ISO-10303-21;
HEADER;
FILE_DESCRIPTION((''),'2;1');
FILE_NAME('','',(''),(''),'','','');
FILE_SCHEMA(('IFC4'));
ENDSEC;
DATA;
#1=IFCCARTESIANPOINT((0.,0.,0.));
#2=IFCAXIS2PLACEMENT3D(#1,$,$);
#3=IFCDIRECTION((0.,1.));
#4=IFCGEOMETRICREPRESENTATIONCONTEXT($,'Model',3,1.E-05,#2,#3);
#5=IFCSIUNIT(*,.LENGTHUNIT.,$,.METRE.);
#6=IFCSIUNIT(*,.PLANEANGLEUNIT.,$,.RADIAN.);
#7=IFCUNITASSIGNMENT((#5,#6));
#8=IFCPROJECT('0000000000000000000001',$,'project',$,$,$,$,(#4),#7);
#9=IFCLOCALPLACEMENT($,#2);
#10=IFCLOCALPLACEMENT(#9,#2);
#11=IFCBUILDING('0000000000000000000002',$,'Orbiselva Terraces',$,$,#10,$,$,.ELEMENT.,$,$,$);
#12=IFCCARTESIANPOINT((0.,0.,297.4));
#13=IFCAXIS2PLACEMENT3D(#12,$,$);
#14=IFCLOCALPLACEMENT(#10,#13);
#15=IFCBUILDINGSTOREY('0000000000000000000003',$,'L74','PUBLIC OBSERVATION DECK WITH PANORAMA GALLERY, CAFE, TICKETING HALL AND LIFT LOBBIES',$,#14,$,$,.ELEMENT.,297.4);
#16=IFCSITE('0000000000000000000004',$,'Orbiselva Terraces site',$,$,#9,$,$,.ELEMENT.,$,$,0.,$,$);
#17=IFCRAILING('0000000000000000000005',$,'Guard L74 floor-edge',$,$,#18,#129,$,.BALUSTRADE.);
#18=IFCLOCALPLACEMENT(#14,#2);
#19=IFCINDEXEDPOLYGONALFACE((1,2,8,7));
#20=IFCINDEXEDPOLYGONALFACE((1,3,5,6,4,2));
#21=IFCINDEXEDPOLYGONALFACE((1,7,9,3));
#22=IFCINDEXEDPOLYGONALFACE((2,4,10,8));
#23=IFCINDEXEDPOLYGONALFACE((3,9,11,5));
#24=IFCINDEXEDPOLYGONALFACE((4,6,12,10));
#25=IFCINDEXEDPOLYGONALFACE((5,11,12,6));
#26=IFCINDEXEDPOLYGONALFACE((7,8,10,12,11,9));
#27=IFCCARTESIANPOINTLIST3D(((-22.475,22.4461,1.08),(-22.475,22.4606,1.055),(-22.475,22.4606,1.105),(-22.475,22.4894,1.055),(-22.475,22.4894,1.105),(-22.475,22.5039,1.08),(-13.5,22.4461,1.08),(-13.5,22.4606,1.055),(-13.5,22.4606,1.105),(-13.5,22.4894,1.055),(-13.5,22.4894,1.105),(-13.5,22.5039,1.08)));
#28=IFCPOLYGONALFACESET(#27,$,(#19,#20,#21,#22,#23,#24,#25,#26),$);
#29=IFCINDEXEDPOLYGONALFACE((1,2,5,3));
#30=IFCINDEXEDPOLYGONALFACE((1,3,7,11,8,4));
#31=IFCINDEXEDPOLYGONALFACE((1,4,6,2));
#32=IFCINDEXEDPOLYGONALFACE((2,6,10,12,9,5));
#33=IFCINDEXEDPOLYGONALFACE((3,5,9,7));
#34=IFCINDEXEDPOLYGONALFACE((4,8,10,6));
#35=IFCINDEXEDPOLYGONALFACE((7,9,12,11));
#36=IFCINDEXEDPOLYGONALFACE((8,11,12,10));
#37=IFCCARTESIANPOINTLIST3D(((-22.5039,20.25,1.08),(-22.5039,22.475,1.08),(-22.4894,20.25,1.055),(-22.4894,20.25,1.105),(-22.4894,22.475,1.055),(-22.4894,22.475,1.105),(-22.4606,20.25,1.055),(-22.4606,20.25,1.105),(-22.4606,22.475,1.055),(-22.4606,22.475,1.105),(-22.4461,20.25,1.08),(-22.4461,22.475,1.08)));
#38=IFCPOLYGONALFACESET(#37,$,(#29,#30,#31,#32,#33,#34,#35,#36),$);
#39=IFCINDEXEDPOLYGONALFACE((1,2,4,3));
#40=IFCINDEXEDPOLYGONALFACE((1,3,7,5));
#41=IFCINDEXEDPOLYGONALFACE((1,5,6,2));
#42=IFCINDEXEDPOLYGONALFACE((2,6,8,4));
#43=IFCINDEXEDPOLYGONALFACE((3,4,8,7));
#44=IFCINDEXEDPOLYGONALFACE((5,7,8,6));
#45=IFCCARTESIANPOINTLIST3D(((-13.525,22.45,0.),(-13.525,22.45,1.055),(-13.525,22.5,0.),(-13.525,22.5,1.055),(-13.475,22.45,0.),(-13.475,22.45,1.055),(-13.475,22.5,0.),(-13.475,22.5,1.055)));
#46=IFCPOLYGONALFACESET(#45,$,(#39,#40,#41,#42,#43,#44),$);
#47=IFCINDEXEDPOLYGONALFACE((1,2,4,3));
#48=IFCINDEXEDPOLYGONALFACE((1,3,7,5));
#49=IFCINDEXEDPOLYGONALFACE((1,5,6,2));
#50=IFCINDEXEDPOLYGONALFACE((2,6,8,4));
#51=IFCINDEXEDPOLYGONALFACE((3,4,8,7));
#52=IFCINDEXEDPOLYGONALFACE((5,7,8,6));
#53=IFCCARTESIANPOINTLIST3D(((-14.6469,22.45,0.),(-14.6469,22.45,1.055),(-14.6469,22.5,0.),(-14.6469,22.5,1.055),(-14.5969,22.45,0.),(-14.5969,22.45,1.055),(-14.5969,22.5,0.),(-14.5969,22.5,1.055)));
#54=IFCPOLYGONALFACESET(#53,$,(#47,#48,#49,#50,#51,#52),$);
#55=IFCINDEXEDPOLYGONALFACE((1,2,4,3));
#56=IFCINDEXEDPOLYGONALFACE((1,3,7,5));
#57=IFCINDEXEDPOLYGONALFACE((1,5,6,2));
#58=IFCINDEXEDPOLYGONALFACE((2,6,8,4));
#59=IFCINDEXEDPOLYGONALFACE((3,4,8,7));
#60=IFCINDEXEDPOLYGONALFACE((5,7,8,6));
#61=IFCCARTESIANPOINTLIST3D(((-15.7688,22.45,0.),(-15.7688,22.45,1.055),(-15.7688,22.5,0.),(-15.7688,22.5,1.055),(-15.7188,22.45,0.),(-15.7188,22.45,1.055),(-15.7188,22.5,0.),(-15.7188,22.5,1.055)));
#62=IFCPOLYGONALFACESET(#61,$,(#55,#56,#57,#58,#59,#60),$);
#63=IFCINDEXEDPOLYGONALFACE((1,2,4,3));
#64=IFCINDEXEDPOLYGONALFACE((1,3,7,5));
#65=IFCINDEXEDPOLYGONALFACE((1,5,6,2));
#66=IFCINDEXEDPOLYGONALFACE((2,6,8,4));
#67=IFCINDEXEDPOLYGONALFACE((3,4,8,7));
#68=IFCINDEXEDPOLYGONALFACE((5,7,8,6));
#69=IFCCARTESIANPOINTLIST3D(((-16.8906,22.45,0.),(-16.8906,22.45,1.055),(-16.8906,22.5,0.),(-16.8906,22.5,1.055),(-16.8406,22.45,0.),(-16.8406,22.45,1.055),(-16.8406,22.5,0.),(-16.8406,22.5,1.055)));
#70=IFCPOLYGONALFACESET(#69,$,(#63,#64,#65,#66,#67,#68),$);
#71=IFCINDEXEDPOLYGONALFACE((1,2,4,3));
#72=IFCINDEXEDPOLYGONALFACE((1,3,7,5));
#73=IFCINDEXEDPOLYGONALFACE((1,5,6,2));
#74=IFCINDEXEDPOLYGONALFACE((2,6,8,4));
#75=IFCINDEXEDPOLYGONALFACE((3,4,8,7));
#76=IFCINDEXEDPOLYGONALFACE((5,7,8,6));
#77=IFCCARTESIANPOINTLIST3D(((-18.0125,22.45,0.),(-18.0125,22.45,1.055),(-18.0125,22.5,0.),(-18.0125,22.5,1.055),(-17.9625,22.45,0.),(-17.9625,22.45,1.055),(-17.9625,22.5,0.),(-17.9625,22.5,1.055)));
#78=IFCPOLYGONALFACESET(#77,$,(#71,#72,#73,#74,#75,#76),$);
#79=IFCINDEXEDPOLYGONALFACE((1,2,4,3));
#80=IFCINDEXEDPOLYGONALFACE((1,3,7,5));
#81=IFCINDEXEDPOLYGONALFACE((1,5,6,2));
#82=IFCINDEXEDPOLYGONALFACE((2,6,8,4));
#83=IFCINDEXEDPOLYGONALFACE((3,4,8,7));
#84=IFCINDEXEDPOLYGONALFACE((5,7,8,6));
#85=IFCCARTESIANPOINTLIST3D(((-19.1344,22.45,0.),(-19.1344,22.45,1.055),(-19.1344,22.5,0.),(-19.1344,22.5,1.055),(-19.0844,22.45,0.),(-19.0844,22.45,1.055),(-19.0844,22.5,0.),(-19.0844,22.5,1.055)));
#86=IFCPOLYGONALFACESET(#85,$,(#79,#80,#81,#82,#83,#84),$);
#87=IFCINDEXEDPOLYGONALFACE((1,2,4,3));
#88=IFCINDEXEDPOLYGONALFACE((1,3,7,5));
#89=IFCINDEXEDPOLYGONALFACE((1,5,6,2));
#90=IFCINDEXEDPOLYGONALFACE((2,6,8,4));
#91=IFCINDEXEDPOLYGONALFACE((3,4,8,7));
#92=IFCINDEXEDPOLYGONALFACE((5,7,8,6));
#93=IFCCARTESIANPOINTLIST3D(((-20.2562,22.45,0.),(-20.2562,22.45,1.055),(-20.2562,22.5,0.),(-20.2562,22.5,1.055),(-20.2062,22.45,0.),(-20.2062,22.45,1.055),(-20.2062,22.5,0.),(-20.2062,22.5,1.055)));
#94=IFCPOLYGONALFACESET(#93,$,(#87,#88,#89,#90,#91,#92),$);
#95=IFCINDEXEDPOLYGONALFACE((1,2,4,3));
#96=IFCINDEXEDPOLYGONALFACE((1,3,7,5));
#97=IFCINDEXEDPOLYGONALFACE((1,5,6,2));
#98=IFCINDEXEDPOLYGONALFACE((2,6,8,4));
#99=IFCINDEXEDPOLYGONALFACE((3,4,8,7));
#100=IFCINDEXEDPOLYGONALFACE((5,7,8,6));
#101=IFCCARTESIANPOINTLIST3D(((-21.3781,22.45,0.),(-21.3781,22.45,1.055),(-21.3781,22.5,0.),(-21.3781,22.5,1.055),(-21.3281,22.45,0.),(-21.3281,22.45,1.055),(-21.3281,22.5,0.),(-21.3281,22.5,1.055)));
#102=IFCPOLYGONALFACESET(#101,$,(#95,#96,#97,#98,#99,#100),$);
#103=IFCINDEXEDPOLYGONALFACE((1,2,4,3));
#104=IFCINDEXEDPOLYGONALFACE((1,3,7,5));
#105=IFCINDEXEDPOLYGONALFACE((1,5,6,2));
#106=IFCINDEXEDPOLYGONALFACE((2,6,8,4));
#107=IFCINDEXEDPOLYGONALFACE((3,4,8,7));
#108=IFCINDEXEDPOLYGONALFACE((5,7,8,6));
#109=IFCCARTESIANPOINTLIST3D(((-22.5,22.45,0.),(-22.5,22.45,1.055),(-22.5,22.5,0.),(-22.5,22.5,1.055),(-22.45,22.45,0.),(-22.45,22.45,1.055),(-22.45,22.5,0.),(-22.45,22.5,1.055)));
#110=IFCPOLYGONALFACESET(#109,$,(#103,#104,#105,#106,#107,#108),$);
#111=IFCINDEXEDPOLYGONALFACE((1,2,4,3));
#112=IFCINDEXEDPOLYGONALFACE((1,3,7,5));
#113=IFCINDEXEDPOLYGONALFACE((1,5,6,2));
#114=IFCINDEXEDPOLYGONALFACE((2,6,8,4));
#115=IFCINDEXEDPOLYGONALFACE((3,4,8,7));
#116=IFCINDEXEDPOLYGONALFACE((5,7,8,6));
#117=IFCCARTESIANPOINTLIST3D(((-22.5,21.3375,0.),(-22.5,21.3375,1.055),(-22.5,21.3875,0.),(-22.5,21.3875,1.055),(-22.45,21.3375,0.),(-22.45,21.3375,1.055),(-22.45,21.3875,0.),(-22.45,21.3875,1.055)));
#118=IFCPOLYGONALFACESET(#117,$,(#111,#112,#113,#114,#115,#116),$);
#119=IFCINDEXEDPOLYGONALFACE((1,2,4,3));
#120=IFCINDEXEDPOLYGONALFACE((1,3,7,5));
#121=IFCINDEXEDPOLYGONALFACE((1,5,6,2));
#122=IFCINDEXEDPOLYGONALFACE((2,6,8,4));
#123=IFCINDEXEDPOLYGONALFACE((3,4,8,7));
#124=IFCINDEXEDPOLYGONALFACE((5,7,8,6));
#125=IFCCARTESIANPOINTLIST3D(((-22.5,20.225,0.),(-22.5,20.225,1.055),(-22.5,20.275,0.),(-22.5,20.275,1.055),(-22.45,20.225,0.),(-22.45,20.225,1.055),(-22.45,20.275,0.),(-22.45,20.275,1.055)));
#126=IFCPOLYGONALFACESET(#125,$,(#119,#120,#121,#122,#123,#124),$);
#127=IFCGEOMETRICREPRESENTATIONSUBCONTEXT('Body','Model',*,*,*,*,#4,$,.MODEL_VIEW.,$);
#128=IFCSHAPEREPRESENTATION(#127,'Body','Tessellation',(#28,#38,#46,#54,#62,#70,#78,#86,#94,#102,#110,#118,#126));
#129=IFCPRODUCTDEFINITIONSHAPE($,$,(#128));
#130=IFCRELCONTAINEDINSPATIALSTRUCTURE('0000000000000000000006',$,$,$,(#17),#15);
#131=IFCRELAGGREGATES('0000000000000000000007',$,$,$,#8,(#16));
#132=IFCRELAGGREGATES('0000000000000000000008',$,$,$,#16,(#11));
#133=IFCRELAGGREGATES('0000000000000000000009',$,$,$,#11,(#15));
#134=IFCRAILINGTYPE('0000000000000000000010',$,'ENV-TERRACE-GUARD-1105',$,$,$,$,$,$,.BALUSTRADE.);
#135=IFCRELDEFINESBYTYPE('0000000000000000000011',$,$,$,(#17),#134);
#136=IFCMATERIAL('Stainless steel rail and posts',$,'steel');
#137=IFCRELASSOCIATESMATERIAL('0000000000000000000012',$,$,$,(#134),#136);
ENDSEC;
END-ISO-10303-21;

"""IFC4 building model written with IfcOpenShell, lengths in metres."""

from ifc_helpers import new_model, si_unit, direction, frame, origin, origin_2d, place, context, subcontext, project, spatial, polyline, rectangle, outline, extrude, material, type_object, element, save


model = new_model("IFC4")

# Units and contexts
model_context = context("Model", 3, precision=1e-05, world=origin(), true_north=direction((0.0, 1.0)))
body_context = subcontext(model_context, "Body", "Model", "MODEL_VIEW")
ifc_project = project(units=[si_unit("LENGTHUNIT", "METRE"), si_unit("PLANEANGLEUNIT", "RADIAN")], contexts=[model_context])

# Site, building, storey
site_placement = place(None, origin())
site = spatial("IfcSite", under=ifc_project, at=site_placement, Name="Orbiselva Terraces site", CompositionType="ELEMENT", RefElevation=0.0)
building_placement = place(site_placement, origin())
building = spatial("IfcBuilding", under=site, at=building_placement, Name="Orbiselva Terraces", CompositionType="ELEMENT")
storey_placement = place(building_placement, frame((0.0, 0.0, 297.4)))
storey = spatial("IfcBuildingStorey", under=building, at=storey_placement, Name="L74", Description="PUBLIC OBSERVATION DECK WITH PANORAMA GALLERY, CAFE, TICKETING HALL AND LIFT LOBBIES", CompositionType="ELEMENT", Elevation=297.4)

# Railing
ifc_material_1 = material(Name="Stainless steel rail and posts", Category="steel")
railing_type_1 = type_object("IfcRailingType", Name="ENV-TERRACE-GUARD-1105", PredefinedType="BALUSTRADE", material=ifc_material_1)
railing_1_placement = place(storey_placement, frame((-13.5, 22.475, 0.0)))
element("IfcRailing", 1, at=railing_1_placement, inside=storey, type_object=railing_type_1, Name="Guard L74 floor-edge", PredefinedType="BALUSTRADE", context=body_context, shape_type="SweptSolid", body=[
    extrude(outline(polyline([(0.0289, 0.0), (0.0144, 0.025), (-0.0144, 0.025), (-0.0289, 0.0), (-0.0144, -0.025), (0.0144, -0.025), (0.0289, 0.0)])), frame((0.0, 0.0, 1.08), z_axis=(-1.0, 0.0, 0.0), x_axis=(0.0, -1.0, 0.0)), (0.0, 0.0, 1.0), 8.975),
    extrude(outline(polyline([(0.0289, 0.0), (0.0144, 0.025), (-0.0144, 0.025), (-0.0289, 0.0), (-0.0144, -0.025), (0.0144, -0.025), (0.0289, 0.0)])), frame((-8.975, 0.0, 1.08), z_axis=(0.0, -1.0, 0.0), x_axis=(1.0, 0.0, 0.0)), (0.0, 0.0, 1.0), 2.225),
    extrude(rectangle(XDim=0.05, YDim=0.05, at=origin_2d()), origin(), (0.0, 0.0, 1.0), 1.055),
    extrude(rectangle(XDim=0.05, YDim=0.05, at=origin_2d()), frame((-1.1219, 0.0, 0.0)), (0.0, 0.0, 1.0), 1.055),
    extrude(rectangle(XDim=0.05, YDim=0.05, at=origin_2d()), frame((-2.2437, 0.0, 0.0)), (0.0, 0.0, 1.0), 1.055),
    extrude(rectangle(XDim=0.05, YDim=0.05, at=origin_2d()), frame((-3.3656, 0.0, 0.0)), (0.0, 0.0, 1.0), 1.055),
    extrude(rectangle(XDim=0.05, YDim=0.05, at=origin_2d()), frame((-4.4875, 0.0, 0.0)), (0.0, 0.0, 1.0), 1.055),
    extrude(rectangle(XDim=0.05, YDim=0.05, at=origin_2d()), frame((-5.6094, 0.0, 0.0)), (0.0, 0.0, 1.0), 1.055),
    extrude(rectangle(XDim=0.05, YDim=0.05, at=origin_2d()), frame((-6.7313, 0.0, 0.0)), (0.0, 0.0, 1.0), 1.055),
    extrude(rectangle(XDim=0.05, YDim=0.05, at=origin_2d()), frame((-7.8531, 0.0, 0.0)), (0.0, 0.0, 1.0), 1.055),
    extrude(rectangle(XDim=0.05, YDim=0.05, at=origin_2d()), frame((-8.975, 0.0, 0.0)), (0.0, 0.0, 1.0), 1.055),
    extrude(rectangle(XDim=0.05, YDim=0.05, at=origin_2d()), frame((-8.975, -1.1125, 0.0)), (0.0, 0.0, 1.0), 1.055),
    extrude(rectangle(XDim=0.05, YDim=0.05, at=origin_2d()), frame((-8.975, -2.225, 0.0)), (0.0, 0.0, 1.0), 1.055),
])

save(model, "model.ifc")
